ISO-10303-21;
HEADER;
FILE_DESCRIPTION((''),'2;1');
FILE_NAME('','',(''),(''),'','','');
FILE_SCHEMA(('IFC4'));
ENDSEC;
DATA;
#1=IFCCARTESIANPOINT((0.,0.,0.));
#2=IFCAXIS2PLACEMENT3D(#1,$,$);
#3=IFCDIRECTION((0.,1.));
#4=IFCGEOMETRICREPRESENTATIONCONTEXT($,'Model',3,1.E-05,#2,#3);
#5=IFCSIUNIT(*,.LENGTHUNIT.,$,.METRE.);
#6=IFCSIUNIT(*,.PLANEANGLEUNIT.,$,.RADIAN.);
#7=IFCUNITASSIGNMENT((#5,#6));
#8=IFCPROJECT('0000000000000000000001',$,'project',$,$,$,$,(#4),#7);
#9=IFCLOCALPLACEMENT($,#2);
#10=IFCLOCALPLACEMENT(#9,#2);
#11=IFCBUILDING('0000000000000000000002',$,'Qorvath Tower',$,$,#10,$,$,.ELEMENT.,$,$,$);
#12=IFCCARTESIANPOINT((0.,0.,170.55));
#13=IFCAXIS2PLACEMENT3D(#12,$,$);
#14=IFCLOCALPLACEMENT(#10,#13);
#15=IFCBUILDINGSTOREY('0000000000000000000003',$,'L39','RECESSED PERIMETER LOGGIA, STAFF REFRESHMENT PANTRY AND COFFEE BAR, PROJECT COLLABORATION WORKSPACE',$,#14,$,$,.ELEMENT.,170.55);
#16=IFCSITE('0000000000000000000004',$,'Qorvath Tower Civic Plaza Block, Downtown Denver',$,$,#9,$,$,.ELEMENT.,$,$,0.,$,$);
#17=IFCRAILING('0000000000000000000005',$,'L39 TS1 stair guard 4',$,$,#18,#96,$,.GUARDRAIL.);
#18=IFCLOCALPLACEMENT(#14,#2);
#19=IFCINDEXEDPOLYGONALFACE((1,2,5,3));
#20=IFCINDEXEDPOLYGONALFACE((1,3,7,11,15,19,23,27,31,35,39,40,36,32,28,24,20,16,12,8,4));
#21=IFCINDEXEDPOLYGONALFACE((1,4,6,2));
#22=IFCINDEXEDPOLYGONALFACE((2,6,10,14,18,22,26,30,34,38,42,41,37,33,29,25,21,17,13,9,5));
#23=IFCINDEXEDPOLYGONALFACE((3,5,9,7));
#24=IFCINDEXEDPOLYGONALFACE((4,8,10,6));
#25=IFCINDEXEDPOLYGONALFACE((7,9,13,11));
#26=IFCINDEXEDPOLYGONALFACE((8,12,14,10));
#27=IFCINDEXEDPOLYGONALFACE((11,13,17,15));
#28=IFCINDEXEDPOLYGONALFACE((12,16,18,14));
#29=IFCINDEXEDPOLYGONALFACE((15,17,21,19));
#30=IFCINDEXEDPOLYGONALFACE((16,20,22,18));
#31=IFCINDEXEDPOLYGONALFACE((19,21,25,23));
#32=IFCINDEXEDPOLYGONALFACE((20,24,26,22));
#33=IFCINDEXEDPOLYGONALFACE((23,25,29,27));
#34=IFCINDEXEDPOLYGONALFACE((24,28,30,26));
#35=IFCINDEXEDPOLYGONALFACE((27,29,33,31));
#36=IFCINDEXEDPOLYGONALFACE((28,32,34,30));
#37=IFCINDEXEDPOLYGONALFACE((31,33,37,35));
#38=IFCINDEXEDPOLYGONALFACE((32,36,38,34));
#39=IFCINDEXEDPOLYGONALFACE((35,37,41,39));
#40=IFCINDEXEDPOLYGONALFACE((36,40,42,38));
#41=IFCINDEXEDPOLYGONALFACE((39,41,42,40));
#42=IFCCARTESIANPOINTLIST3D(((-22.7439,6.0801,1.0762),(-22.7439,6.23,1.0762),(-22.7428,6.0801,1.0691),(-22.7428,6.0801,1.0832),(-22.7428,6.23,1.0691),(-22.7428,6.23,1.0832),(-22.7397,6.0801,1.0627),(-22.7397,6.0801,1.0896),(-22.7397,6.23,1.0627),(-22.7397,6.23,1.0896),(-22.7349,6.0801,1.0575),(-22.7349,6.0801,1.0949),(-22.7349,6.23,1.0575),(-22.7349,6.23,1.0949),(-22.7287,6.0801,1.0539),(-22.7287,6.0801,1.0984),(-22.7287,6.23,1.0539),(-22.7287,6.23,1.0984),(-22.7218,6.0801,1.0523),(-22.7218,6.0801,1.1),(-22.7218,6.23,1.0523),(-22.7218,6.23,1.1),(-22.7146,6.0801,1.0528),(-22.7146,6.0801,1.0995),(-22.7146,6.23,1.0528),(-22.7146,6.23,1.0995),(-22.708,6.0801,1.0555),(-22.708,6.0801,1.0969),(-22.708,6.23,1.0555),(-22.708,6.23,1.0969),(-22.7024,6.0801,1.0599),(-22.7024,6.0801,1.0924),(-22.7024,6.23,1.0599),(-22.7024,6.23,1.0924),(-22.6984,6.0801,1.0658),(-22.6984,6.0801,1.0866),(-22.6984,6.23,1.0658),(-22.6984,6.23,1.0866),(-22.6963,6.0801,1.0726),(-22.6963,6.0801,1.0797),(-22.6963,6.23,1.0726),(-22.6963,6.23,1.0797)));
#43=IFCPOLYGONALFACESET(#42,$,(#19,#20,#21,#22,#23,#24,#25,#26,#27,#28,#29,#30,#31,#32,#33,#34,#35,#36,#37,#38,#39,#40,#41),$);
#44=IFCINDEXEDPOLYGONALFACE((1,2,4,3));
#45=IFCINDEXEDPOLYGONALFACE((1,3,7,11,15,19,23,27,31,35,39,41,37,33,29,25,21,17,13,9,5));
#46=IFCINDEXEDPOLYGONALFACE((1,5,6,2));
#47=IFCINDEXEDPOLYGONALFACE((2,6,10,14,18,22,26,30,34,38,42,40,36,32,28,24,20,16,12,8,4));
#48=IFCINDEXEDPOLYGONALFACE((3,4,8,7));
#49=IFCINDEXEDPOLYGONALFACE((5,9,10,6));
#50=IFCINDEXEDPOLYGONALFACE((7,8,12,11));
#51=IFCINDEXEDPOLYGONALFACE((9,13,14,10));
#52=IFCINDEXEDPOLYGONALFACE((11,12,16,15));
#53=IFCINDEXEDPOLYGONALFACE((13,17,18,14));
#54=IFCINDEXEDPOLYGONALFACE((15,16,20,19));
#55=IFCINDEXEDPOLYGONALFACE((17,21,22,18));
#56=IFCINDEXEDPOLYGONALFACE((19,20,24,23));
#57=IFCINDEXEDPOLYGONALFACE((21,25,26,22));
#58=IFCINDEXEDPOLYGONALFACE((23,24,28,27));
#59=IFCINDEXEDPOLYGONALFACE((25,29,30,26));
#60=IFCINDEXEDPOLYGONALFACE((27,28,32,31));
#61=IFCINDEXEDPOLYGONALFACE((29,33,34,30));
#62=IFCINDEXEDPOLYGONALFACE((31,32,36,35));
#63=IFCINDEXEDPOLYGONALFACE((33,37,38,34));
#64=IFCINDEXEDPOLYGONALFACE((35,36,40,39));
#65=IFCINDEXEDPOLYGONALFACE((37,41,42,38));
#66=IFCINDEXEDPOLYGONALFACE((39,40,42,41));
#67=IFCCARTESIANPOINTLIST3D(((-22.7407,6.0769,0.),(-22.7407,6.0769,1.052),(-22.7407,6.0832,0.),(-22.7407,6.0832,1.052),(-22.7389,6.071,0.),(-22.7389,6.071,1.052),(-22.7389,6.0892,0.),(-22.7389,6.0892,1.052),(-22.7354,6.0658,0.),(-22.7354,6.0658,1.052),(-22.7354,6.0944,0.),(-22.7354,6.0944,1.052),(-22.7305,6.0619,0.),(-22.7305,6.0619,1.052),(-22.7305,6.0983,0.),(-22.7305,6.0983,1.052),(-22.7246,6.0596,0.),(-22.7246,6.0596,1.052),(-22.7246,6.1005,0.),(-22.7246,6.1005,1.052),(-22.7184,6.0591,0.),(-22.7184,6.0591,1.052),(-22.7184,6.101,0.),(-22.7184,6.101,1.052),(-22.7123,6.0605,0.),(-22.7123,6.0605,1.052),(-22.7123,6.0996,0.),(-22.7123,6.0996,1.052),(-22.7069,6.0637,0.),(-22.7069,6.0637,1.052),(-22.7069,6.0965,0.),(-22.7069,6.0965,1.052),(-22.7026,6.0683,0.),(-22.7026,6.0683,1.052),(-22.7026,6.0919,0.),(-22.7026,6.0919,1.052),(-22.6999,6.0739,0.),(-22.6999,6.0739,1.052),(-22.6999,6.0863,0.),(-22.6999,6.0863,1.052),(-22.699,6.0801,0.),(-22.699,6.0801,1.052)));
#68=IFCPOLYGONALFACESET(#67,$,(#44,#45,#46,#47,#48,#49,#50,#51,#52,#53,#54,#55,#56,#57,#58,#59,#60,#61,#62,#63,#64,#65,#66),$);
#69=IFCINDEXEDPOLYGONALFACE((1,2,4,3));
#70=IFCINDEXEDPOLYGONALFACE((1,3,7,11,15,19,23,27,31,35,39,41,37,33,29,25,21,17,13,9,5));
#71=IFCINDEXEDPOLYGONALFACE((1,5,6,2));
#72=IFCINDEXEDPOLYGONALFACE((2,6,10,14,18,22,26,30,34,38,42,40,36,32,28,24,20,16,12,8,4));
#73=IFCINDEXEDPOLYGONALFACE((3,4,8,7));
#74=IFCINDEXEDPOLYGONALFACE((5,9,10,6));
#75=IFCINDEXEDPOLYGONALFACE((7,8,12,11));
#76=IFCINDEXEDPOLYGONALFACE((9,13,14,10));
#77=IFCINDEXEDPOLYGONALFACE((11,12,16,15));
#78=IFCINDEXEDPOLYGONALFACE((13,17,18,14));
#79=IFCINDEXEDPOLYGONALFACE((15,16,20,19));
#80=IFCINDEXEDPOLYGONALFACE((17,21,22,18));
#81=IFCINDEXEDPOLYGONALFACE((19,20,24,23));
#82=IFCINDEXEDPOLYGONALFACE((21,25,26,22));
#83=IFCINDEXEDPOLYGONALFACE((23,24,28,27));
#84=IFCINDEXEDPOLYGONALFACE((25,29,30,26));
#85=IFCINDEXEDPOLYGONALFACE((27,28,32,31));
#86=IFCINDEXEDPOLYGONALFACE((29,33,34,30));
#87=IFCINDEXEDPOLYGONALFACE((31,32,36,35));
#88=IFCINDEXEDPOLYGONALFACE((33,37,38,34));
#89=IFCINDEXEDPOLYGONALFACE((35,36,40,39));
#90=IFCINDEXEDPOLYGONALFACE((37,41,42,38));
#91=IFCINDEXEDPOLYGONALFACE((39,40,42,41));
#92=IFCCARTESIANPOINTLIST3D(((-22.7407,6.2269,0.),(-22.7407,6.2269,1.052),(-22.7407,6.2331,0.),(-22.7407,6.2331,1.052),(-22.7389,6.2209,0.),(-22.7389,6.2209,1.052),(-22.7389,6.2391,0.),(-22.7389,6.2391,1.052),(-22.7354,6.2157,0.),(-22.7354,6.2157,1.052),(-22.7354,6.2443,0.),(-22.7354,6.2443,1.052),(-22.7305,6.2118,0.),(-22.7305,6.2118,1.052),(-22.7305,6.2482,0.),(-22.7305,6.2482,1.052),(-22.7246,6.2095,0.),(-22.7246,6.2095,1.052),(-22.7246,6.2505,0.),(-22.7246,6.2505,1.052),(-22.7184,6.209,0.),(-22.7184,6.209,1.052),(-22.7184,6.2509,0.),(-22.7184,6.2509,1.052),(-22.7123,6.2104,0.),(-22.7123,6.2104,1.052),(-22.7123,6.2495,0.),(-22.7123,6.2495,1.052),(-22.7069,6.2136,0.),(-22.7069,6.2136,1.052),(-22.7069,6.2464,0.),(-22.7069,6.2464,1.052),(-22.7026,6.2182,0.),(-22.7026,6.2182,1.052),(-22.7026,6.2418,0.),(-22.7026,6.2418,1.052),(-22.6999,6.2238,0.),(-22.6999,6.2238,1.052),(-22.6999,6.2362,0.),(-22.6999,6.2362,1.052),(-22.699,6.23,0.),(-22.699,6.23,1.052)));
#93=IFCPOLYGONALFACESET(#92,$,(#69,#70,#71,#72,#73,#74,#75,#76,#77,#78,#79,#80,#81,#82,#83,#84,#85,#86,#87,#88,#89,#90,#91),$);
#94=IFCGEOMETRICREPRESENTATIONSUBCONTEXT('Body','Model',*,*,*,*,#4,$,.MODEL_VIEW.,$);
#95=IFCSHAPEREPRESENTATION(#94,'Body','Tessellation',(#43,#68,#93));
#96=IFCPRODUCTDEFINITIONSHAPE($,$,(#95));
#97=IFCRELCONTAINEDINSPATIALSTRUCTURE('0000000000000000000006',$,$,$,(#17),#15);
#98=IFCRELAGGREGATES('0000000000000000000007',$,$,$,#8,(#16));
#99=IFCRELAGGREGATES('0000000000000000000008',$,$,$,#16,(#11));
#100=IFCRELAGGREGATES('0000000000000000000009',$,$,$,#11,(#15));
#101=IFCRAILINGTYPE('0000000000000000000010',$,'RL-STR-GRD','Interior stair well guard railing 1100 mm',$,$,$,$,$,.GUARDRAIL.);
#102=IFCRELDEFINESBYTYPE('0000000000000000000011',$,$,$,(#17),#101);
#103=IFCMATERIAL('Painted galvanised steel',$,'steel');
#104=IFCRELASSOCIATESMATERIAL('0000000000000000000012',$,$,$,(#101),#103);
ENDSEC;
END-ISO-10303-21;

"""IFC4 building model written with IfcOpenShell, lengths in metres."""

from ifc_helpers import new_model, si_unit, direction, frame, origin, origin_2d, place, context, subcontext, project, spatial, circle, extrude, material, type_object, element, save


model = new_model("IFC4")

# Units and contexts
model_context = context("Model", 3, precision=1e-05, world=origin(), true_north=direction((0.0, 1.0)))
body_context = subcontext(model_context, "Body", "Model", "MODEL_VIEW")
ifc_project = project(units=[si_unit("LENGTHUNIT", "METRE"), si_unit("PLANEANGLEUNIT", "RADIAN")], contexts=[model_context])

# Site, building, storey
site_placement = place(None, origin())
site = spatial("IfcSite", under=ifc_project, at=site_placement, Name="Qorvath Tower Civic Plaza Block, Downtown Denver", CompositionType="ELEMENT", RefElevation=0.0)
building_placement = place(site_placement, origin())
building = spatial("IfcBuilding", under=site, at=building_placement, Name="Qorvath Tower", CompositionType="ELEMENT")
storey_placement = place(building_placement, frame((0.0, 0.0, 170.55)))
storey = spatial("IfcBuildingStorey", under=building, at=storey_placement, Name="L39", Description="RECESSED PERIMETER LOGGIA, STAFF REFRESHMENT PANTRY AND COFFEE BAR, PROJECT COLLABORATION WORKSPACE", CompositionType="ELEMENT", Elevation=170.55)

# Railing
ifc_material_1 = material(Name="Painted galvanised steel", Category="steel")
railing_type_1 = type_object("IfcRailingType", Name="RL-STR-GRD", Description="Interior stair well guard railing 1100 mm", PredefinedType="GUARDRAIL", material=ifc_material_1)
railing_1_placement = place(storey_placement, frame((-22.72, 6.0801, 0.0)))
element("IfcRailing", 1, at=railing_1_placement, inside=storey, type_object=railing_type_1, Name="L39 TS1 stair guard 4", PredefinedType="GUARDRAIL", context=body_context, shape_type="SweptSolid", body=[
    extrude(circle(Radius=0.0239, at=origin_2d()), frame((0.0, 0.0, 1.0762), z_axis=(0.0, 1.0, 0.0), x_axis=(-1.0, 0.0, 0.0)), (0.0, 0.0, 1.0), 0.1499),
    extrude(circle(Radius=0.021, at=origin_2d()), origin(), (0.0, 0.0, 1.0), 1.052),
    extrude(circle(Radius=0.021, at=origin_2d()), frame((0.0, 0.1499, 0.0)), (0.0, 0.0, 1.0), 1.052),
])

save(model, "model.ifc")
